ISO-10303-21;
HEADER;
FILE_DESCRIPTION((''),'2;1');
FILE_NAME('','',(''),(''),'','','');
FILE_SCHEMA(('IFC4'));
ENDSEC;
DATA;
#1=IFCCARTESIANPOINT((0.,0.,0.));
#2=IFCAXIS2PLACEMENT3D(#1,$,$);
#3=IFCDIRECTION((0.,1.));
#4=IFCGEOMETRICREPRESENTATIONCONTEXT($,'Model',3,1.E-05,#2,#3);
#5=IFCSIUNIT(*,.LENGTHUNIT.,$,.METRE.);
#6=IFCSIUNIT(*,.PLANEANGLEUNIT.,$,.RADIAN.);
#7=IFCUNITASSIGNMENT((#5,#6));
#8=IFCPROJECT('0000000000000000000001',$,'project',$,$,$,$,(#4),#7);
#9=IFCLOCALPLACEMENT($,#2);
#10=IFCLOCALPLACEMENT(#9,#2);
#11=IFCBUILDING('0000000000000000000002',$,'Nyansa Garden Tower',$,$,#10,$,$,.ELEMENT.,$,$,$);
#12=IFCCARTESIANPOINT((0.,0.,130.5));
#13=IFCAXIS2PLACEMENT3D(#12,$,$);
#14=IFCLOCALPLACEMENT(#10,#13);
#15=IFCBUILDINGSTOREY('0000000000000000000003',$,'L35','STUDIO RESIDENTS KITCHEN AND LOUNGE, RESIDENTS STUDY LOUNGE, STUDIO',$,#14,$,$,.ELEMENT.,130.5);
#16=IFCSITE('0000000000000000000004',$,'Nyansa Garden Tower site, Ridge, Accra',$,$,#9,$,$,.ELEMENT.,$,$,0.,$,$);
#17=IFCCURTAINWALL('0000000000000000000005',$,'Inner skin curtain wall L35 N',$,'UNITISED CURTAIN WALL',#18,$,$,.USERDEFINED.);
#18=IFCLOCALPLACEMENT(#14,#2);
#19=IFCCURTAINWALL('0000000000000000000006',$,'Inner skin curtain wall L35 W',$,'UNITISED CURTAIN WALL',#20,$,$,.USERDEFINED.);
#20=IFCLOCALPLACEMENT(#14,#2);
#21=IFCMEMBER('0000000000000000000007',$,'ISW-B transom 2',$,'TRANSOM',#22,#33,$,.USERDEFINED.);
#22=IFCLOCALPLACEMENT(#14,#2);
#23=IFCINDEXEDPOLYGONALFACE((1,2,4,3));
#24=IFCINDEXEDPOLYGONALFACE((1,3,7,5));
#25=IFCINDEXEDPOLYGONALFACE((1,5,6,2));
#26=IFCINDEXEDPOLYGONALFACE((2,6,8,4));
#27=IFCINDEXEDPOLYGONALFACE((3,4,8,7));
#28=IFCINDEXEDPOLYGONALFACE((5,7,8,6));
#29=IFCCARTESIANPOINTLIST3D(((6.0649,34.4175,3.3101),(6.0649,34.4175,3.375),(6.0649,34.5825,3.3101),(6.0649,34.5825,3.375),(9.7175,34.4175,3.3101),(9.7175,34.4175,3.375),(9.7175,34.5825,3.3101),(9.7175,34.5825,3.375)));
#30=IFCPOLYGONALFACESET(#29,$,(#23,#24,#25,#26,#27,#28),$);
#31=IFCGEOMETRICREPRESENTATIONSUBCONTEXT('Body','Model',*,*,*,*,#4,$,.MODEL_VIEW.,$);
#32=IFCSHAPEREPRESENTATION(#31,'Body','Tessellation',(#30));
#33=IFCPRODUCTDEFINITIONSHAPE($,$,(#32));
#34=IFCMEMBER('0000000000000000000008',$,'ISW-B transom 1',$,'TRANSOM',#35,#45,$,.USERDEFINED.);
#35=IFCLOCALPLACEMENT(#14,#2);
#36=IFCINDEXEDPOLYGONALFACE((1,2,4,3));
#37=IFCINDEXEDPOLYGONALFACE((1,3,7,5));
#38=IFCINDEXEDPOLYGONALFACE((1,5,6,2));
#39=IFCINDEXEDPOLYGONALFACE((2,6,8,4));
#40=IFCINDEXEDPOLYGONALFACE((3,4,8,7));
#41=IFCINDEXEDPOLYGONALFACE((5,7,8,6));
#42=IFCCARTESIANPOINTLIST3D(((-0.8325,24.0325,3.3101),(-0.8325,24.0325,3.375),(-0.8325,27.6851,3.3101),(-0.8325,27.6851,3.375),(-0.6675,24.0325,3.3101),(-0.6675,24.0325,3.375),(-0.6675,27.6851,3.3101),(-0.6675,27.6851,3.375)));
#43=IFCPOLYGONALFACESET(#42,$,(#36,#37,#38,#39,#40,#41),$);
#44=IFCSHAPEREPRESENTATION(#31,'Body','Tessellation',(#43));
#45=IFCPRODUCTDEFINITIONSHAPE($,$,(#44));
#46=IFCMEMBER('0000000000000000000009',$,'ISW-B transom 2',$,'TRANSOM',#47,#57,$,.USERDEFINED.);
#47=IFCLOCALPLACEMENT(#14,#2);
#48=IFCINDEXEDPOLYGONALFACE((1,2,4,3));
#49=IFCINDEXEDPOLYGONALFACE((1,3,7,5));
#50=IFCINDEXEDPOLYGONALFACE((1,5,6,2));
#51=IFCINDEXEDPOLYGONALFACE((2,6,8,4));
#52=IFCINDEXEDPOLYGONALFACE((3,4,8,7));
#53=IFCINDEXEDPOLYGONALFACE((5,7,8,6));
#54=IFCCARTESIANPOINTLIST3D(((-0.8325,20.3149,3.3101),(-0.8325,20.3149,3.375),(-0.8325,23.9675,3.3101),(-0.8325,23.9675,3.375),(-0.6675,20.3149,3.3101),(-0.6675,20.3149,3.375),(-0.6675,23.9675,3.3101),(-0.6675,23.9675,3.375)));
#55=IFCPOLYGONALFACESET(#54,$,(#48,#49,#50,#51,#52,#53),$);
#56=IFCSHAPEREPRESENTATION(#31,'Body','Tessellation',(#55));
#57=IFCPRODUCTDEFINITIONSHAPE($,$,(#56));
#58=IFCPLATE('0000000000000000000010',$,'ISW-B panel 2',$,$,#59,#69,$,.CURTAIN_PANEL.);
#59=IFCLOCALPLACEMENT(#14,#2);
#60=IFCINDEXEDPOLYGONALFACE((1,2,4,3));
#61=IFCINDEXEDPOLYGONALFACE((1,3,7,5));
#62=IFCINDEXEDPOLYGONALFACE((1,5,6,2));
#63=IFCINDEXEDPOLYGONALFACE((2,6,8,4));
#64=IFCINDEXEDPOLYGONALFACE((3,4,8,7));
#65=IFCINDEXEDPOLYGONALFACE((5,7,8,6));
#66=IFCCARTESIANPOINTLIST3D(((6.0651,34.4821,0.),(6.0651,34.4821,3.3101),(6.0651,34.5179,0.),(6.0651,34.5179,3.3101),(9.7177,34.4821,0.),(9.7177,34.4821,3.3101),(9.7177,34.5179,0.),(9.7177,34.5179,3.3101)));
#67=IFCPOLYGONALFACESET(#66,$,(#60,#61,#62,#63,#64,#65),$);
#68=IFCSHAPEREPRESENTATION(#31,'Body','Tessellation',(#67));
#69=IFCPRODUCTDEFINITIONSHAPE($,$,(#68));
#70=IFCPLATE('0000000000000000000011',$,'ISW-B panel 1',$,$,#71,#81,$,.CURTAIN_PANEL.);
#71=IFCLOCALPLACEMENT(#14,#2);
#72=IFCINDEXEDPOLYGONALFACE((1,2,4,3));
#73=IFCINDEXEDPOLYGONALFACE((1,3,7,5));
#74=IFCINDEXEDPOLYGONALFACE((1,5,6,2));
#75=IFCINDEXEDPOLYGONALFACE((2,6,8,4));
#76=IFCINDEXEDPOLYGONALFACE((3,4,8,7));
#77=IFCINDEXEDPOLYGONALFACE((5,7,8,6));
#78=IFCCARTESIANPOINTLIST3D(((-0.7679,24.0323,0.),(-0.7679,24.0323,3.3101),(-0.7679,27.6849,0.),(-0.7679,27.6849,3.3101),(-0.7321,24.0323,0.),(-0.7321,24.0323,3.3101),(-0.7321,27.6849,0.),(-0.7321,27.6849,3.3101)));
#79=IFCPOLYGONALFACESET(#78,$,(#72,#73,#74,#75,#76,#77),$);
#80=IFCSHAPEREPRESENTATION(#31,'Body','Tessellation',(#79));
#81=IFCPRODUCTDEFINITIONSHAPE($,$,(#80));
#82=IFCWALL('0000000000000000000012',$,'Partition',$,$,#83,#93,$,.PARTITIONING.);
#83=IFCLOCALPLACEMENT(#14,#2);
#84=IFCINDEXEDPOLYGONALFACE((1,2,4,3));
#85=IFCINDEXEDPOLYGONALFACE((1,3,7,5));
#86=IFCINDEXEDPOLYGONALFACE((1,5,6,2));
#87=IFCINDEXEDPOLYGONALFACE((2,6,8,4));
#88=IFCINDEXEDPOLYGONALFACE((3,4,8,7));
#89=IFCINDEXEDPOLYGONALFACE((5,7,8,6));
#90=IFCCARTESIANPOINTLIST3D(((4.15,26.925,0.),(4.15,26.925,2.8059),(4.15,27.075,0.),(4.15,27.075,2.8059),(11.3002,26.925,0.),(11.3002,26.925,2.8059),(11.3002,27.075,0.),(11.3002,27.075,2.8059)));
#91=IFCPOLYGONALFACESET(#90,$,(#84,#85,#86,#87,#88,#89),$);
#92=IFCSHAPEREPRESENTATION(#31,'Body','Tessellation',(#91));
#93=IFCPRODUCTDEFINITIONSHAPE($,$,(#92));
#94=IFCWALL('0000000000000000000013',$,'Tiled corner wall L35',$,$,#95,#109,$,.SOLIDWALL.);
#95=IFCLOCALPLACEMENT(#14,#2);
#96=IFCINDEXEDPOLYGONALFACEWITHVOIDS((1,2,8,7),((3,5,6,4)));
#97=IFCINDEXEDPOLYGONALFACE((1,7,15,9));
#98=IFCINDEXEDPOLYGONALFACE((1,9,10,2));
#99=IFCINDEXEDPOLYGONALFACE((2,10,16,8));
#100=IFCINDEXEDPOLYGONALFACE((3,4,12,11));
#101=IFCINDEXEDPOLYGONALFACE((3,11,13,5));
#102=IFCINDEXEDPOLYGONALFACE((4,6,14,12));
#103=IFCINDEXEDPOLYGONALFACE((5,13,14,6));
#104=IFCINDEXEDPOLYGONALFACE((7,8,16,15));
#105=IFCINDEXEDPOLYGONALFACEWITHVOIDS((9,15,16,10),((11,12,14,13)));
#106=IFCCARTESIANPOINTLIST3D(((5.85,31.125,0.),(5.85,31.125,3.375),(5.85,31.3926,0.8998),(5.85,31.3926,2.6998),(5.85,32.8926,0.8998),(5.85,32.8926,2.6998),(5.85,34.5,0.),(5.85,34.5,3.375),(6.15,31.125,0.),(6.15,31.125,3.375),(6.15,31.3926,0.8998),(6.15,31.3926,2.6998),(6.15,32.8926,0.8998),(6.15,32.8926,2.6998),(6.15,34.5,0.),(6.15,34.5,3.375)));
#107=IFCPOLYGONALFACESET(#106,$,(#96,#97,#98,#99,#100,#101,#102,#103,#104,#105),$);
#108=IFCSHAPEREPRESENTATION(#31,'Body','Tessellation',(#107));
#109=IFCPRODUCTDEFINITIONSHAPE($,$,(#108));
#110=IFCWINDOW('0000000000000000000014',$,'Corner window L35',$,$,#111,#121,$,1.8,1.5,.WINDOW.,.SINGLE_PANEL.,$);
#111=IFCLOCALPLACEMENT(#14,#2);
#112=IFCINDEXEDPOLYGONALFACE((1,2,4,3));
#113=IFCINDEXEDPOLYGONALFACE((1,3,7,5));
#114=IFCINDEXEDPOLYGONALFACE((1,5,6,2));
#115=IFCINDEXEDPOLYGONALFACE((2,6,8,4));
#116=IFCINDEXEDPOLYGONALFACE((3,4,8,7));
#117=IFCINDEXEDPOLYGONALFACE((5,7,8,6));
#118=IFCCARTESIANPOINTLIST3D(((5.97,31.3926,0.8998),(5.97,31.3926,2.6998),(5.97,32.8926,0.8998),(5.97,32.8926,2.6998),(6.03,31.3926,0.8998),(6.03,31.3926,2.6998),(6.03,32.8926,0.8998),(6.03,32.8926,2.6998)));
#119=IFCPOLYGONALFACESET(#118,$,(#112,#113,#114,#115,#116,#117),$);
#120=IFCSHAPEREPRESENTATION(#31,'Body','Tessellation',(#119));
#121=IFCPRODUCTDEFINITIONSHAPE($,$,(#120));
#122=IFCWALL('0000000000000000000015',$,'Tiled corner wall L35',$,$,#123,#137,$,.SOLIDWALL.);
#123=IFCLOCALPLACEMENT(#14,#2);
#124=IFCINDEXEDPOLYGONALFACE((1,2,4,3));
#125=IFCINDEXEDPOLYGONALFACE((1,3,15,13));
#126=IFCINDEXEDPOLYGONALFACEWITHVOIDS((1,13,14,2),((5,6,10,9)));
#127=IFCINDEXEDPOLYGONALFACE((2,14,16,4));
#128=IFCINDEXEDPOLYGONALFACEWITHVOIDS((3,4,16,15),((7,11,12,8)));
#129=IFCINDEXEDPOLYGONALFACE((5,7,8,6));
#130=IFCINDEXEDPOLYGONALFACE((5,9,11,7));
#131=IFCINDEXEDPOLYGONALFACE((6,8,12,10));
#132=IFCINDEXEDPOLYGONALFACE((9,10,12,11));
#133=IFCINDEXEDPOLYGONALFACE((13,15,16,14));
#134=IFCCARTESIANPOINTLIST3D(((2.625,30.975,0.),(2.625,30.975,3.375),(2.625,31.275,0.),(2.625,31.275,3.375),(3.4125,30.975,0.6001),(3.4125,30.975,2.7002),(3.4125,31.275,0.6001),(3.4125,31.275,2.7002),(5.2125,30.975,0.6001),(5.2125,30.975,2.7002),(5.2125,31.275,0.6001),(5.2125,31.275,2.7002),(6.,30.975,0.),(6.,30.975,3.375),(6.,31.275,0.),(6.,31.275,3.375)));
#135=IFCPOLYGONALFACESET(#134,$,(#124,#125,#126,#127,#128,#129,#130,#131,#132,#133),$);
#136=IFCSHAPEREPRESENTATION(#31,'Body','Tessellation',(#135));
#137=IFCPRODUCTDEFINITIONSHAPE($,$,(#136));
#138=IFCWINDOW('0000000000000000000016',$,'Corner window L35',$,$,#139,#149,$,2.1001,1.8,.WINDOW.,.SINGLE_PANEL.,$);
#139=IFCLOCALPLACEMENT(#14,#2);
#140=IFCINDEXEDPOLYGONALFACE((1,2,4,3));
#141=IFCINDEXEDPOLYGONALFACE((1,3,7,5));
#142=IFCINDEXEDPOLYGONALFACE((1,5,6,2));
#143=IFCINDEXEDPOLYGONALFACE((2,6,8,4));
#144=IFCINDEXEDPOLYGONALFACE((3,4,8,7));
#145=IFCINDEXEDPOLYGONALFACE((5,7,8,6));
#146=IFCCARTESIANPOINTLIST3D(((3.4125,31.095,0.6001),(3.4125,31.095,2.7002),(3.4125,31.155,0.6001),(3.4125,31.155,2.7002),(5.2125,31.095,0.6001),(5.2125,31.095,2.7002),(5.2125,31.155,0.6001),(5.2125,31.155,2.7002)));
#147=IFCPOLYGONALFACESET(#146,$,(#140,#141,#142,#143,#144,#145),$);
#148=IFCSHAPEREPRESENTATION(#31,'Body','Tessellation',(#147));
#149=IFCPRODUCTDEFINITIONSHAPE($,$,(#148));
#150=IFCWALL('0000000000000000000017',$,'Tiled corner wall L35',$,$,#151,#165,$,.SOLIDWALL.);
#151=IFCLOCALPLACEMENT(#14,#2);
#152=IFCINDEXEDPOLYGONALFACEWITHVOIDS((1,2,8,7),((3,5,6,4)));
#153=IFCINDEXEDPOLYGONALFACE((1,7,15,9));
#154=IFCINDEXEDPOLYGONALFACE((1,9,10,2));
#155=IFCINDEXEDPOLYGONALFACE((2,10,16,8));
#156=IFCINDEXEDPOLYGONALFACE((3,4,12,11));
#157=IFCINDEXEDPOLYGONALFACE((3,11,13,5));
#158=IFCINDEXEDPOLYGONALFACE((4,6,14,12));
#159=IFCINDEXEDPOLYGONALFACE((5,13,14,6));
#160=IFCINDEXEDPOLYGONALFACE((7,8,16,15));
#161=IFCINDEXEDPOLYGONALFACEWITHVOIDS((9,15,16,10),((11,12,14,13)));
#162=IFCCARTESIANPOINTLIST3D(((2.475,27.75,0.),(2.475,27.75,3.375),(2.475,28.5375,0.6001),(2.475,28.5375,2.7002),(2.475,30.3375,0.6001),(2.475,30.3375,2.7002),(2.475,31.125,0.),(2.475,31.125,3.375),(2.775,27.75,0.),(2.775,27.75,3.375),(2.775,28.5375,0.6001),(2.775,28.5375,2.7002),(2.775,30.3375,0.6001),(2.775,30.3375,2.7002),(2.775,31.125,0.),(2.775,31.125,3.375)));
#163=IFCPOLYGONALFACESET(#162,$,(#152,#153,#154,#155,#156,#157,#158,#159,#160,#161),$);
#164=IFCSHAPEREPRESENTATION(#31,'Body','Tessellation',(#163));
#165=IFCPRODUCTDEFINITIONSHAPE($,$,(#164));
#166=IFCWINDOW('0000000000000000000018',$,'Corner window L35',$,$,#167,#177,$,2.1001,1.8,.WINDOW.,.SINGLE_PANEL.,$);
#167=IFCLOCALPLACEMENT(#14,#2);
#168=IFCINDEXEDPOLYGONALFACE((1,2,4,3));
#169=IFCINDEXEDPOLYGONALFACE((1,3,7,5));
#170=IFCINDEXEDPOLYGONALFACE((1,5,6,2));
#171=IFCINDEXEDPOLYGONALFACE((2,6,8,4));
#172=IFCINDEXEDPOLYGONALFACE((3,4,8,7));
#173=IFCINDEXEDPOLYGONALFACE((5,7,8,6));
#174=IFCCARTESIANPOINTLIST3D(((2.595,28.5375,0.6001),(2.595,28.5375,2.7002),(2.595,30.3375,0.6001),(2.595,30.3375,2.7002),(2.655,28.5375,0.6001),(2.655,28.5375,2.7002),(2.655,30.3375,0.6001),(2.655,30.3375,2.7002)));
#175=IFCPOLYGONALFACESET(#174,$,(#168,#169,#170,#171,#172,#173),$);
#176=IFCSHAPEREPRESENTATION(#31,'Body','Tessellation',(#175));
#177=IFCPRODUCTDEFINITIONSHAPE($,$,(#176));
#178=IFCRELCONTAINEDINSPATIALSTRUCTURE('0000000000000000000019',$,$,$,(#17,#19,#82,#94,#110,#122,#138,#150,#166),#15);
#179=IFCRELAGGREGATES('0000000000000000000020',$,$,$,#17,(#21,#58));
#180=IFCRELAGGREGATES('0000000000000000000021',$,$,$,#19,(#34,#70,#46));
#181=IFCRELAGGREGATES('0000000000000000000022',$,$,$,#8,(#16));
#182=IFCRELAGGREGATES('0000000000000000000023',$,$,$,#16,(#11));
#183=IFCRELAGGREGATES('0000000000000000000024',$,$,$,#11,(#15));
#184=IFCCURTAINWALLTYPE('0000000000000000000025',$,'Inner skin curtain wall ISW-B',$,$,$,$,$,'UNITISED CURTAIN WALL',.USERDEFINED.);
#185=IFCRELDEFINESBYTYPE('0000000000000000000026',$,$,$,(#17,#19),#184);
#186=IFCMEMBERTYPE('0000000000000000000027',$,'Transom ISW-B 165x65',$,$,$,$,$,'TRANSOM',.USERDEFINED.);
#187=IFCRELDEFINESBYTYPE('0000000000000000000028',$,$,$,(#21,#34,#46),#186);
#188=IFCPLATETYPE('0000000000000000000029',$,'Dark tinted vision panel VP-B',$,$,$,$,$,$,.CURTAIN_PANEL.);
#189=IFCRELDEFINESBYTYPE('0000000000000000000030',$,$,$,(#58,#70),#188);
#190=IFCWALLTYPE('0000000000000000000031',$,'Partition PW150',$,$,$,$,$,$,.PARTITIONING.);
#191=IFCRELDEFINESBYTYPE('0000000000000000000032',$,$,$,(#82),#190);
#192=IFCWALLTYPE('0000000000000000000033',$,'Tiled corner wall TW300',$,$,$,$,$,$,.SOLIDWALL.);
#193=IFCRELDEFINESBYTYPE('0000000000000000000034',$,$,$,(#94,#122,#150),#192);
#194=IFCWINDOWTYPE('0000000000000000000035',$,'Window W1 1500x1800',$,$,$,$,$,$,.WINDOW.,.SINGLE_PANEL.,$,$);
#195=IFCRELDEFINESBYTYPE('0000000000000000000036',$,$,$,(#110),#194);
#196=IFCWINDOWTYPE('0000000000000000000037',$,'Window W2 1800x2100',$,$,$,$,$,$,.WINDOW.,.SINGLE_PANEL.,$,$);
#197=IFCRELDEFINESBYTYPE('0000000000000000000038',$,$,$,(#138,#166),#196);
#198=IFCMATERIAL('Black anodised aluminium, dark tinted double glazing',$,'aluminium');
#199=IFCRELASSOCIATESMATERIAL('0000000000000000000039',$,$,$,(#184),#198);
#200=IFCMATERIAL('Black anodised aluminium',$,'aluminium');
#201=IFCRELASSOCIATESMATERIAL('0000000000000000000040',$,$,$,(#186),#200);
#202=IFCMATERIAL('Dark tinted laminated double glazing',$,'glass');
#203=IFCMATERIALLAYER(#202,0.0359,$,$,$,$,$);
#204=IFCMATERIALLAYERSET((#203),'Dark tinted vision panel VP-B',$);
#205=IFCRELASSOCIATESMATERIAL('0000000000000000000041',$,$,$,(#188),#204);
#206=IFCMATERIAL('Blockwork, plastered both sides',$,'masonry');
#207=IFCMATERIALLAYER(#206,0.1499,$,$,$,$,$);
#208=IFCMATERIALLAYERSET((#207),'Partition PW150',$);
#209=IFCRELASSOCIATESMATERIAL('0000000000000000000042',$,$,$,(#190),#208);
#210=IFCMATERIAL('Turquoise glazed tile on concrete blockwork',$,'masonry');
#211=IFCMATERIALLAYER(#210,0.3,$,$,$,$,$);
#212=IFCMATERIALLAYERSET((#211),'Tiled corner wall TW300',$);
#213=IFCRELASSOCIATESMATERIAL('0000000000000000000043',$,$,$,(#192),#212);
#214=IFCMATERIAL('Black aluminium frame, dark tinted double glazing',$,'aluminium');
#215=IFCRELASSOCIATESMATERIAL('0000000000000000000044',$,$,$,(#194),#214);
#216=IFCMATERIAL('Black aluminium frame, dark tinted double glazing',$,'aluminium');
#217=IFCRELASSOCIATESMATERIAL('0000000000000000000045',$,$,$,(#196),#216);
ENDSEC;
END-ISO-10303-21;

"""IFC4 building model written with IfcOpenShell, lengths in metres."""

from ifc_helpers import new_model, si_unit, direction, frame, frame_2d, origin, origin_2d, place, context, subcontext, project, spatial, rectangle, extrude, material, layer, layer_set, material_profile, profile_set, type_object, element, fill, aggregate, save


model = new_model("IFC4")

# Units and contexts
model_context = context("Model", 3, precision=1e-05, world=origin(), true_north=direction((0.0, 1.0)))
body_context = subcontext(model_context, "Body", "Model", "MODEL_VIEW")
ifc_project = project(units=[si_unit("LENGTHUNIT", "METRE"), si_unit("PLANEANGLEUNIT", "RADIAN")], contexts=[model_context])

# Site, building, storey
site_placement = place(None, origin())
site = spatial("IfcSite", under=ifc_project, at=site_placement, Name="Nyansa Garden Tower site, Ridge, Accra", CompositionType="ELEMENT", RefElevation=0.0)
building_placement = place(site_placement, origin())
building = spatial("IfcBuilding", under=site, at=building_placement, Name="Nyansa Garden Tower", CompositionType="ELEMENT")
storey_placement = place(building_placement, frame((0.0, 0.0, 130.5)))
storey = spatial("IfcBuildingStorey", under=building, at=storey_placement, Name="L35", Description="STUDIO RESIDENTS KITCHEN AND LOUNGE, RESIDENTS STUDY LOUNGE, STUDIO", CompositionType="ELEMENT", Elevation=130.5)

# Curtain wall
ifc_material_1 = material(Name="Black anodised aluminium, dark tinted double glazing", Category="aluminium")
curtain_wall_type = type_object("IfcCurtainWallType", Name="Inner skin curtain wall ISW-B", ElementType="UNITISED CURTAIN WALL", PredefinedType="USERDEFINED", material=ifc_material_1)
curtain_wall_1_placement = place(storey_placement, origin())
curtain_wall_1 = element("IfcCurtainWall", 1, at=curtain_wall_1_placement, inside=storey, type_object=curtain_wall_type, Name="Inner skin curtain wall L35 N", ObjectType="UNITISED CURTAIN WALL", PredefinedType="USERDEFINED")

# Curtain wall
curtain_wall_2_placement = place(storey_placement, origin())
curtain_wall_2 = element("IfcCurtainWall", 2, at=curtain_wall_2_placement, inside=storey, type_object=curtain_wall_type, Name="Inner skin curtain wall L35 W", ObjectType="UNITISED CURTAIN WALL", PredefinedType="USERDEFINED")

# Members
ifc_material_2 = material(Name="Black anodised aluminium", Category="aluminium")
ifc_material_profile_1 = material_profile(ifc_material_2, rectangle(XDim=0.165, YDim=0.0649, at=origin_2d()), Name="Transom 165x65")
ifc_profile_set_1 = profile_set([ifc_material_profile_1], Name="Black anodised aluminium")
member_type_1 = type_object("IfcMemberType", Name="Transom ISW-B 165x65", ElementType="TRANSOM", PredefinedType="USERDEFINED", material=ifc_profile_set_1)
member_1_placement = place(storey_placement, frame((9.7175, 34.5, 3.3425), z_axis=(-1.0, 0.0, 0.0), x_axis=(0.0, -1.0, 0.0)))
member_1 = element("IfcMember", 3, at=member_1_placement, type_object=member_type_1, Name="ISW-B transom 2", ObjectType="TRANSOM", PredefinedType="USERDEFINED", context=body_context, shape_type="SweptSolid", body=[
    extrude(rectangle(XDim=0.165, YDim=0.0649, at=origin_2d()), origin(), (0.0, 0.0, 1.0), 3.6526),
])
member_2_placement = place(storey_placement, frame((-0.75, 27.6851, 3.3425), z_axis=(0.0, -1.0, 0.0), x_axis=(1.0, 0.0, 0.0)))
member_2 = element("IfcMember", 4, at=member_2_placement, type_object=member_type_1, Name="ISW-B transom 1", ObjectType="TRANSOM", PredefinedType="USERDEFINED", context=body_context, shape_type="SweptSolid", body=[
    extrude(rectangle(XDim=0.165, YDim=0.0649, at=origin_2d()), origin(), (0.0, 0.0, 1.0), 3.6526),
])
member_3_placement = place(storey_placement, frame((-0.75, 23.9675, 3.3425), z_axis=(0.0, -1.0, 0.0), x_axis=(1.0, 0.0, 0.0)))
member_3 = element("IfcMember", 5, at=member_3_placement, type_object=member_type_1, Name="ISW-B transom 2", ObjectType="TRANSOM", PredefinedType="USERDEFINED", context=body_context, shape_type="SweptSolid", body=[
    extrude(rectangle(XDim=0.165, YDim=0.0649, at=origin_2d()), origin(), (0.0, 0.0, 1.0), 3.6526),
])

# Plates
ifc_material_3 = material(Name="Dark tinted laminated double glazing", Category="glass")
ifc_layer_1 = layer(ifc_material_3, 0.0359)
ifc_layer_set_1 = layer_set([ifc_layer_1], Name="Dark tinted vision panel VP-B")
plate_type = type_object("IfcPlateType", Name="Dark tinted vision panel VP-B", PredefinedType="CURTAIN_PANEL", material=ifc_layer_set_1)
plate_1_placement = place(storey_placement, frame((7.8914, 34.5, 0.0), z_axis=(0.0, 0.0, 1.0), x_axis=(-1.0, 0.0, 0.0)))
plate_1 = element("IfcPlate", 6, at=plate_1_placement, type_object=plate_type, Name="ISW-B panel 2", PredefinedType="CURTAIN_PANEL", context=body_context, shape_type="SweptSolid", body=[
    extrude(rectangle(XDim=3.6526, YDim=0.0359, at=origin_2d()), origin(), (0.0, 0.0, 1.0), 3.3101),
])
aggregate(curtain_wall_1, [member_1, plate_1])
plate_2_placement = place(storey_placement, frame((-0.75, 25.8586, 0.0), z_axis=(0.0, 0.0, 1.0), x_axis=(0.0, -1.0, 0.0)))
plate_2 = element("IfcPlate", 7, at=plate_2_placement, type_object=plate_type, Name="ISW-B panel 1", PredefinedType="CURTAIN_PANEL", context=body_context, shape_type="SweptSolid", body=[
    extrude(rectangle(XDim=3.6526, YDim=0.0359, at=origin_2d()), origin(), (0.0, 0.0, 1.0), 3.3101),
])
aggregate(curtain_wall_2, [member_2, plate_2, member_3])

# Wall
ifc_material_4 = material(Name="Blockwork, plastered both sides", Category="masonry")
ifc_layer_2 = layer(ifc_material_4, 0.1499)
ifc_layer_set_2 = layer_set([ifc_layer_2], Name="Partition PW150")
wall_type_1 = type_object("IfcWallType", Name="Partition PW150", PredefinedType="PARTITIONING", material=ifc_layer_set_2)
wall_1_placement = place(storey_placement, frame((4.1499, 27.0, 0.0), z_axis=(0.0, 0.0, 1.0), x_axis=(1.0, 0.0, 0.0)))
element("IfcWall", 8, at=wall_1_placement, inside=storey, type_object=wall_type_1, Name="Partition", PredefinedType="PARTITIONING", context=body_context, shape_type="SweptSolid", body=[
    extrude(rectangle(XDim=7.1501, YDim=0.1499, at=frame_2d((3.5752, 0.0))), origin(), (0.0, 0.0, 1.0), 2.8059),
])

# Walls, openings, windows
ifc_material_5 = material(Name="Turquoise glazed tile on concrete blockwork", Category="masonry")
ifc_layer_3 = layer(ifc_material_5, 0.3)
ifc_layer_set_3 = layer_set([ifc_layer_3], Name="Tiled corner wall TW300")
wall_type_2 = type_object("IfcWallType", Name="Tiled corner wall TW300", PredefinedType="SOLIDWALL", material=ifc_layer_set_3)
wall_2_placement = place(storey_placement, frame((6.0, 34.5, 0.0), z_axis=(0.0, 0.0, 1.0), x_axis=(0.0, -1.0, 0.0)))
wall_2 = element("IfcWall", 9, at=wall_2_placement, inside=storey, type_object=wall_type_2, Name="Tiled corner wall L35", PredefinedType="SOLIDWALL", context=body_context, shape_type="SweptSolid", body=[
    extrude(rectangle(XDim=3.375, YDim=0.3, at=frame_2d((1.6875, 0.0))), origin(), (0.0, 0.0, 1.0), 3.375),
])
opening_1_placement = place(wall_2_placement, frame((1.6074, 0.0, 0.8999)))
opening_1 = element("IfcOpeningElement", 10, at=opening_1_placement, cuts=wall_2, PredefinedType="OPENING", context=body_context, shape_type="SweptSolid", body=[
    extrude(rectangle(XDim=1.5, YDim=1.8, at=frame_2d((0.75, 0.8999))), frame((0.0, 0.1599, 0.0), z_axis=(0.0, -1.0, 0.0), x_axis=(1.0, 0.0, 0.0)), (0.0, 0.0, 1.0), 0.3201),
])
ifc_material_6 = material(Name="Black aluminium frame, dark tinted double glazing", Category="aluminium")
window_type_1 = type_object("IfcWindowType", Name="Window W1 1500x1800", PartitioningType="SINGLE_PANEL", PredefinedType="WINDOW", material=ifc_material_6)
window_1_placement = place(opening_1_placement, origin())
window_1 = element("IfcWindow", 11, at=window_1_placement, inside=storey, type_object=window_type_1, Name="Corner window L35", OverallHeight=1.8, OverallWidth=1.5, PartitioningType="SINGLE_PANEL", PredefinedType="WINDOW", context=body_context, shape_type="SweptSolid", body=[
    extrude(rectangle(XDim=1.5, YDim=1.8, at=frame_2d((0.75, 0.8999))), frame((0.0, 0.03, 0.0), z_axis=(0.0, -1.0, 0.0), x_axis=(1.0, 0.0, 0.0)), (0.0, 0.0, 1.0), 0.0601),
])
fill(opening_1, window_1)
wall_3_placement = place(storey_placement, frame((6.0, 31.125, 0.0), z_axis=(0.0, 0.0, 1.0), x_axis=(-1.0, 0.0, 0.0)))
wall_3 = element("IfcWall", 12, at=wall_3_placement, inside=storey, type_object=wall_type_2, Name="Tiled corner wall L35", PredefinedType="SOLIDWALL", context=body_context, shape_type="SweptSolid", body=[
    extrude(rectangle(XDim=3.375, YDim=0.3, at=frame_2d((1.6875, 0.0))), origin(), (0.0, 0.0, 1.0), 3.375),
])
opening_2_placement = place(wall_3_placement, frame((0.7876, 0.0, 0.6001)))
opening_2 = element("IfcOpeningElement", 13, at=opening_2_placement, cuts=wall_3, PredefinedType="OPENING", context=body_context, shape_type="SweptSolid", body=[
    extrude(rectangle(XDim=1.8, YDim=2.1001, at=frame_2d((0.8999, 1.05))), frame((0.0, 0.1599, 0.0), z_axis=(0.0, -1.0, 0.0), x_axis=(1.0, 0.0, 0.0)), (0.0, 0.0, 1.0), 0.3201),
])
ifc_material_7 = material(Name="Black aluminium frame, dark tinted double glazing", Category="aluminium")
window_type_2 = type_object("IfcWindowType", Name="Window W2 1800x2100", PartitioningType="SINGLE_PANEL", PredefinedType="WINDOW", material=ifc_material_7)
window_2_placement = place(opening_2_placement, origin())
window_2 = element("IfcWindow", 14, at=window_2_placement, inside=storey, type_object=window_type_2, Name="Corner window L35", OverallHeight=2.1001, OverallWidth=1.8, PartitioningType="SINGLE_PANEL", PredefinedType="WINDOW", context=body_context, shape_type="SweptSolid", body=[
    extrude(rectangle(XDim=1.8, YDim=2.1001, at=frame_2d((0.8999, 1.05))), frame((0.0, 0.03, 0.0), z_axis=(0.0, -1.0, 0.0), x_axis=(1.0, 0.0, 0.0)), (0.0, 0.0, 1.0), 0.0601),
])
fill(opening_2, window_2)
wall_4_placement = place(storey_placement, frame((2.625, 31.125, 0.0), z_axis=(0.0, 0.0, 1.0), x_axis=(0.0, -1.0, 0.0)))
wall_4 = element("IfcWall", 15, at=wall_4_placement, inside=storey, type_object=wall_type_2, Name="Tiled corner wall L35", PredefinedType="SOLIDWALL", context=body_context, shape_type="SweptSolid", body=[
    extrude(rectangle(XDim=3.375, YDim=0.3, at=frame_2d((1.6875, 0.0))), origin(), (0.0, 0.0, 1.0), 3.375),
])
opening_3_placement = place(wall_4_placement, frame((0.7876, 0.0, 0.6001)))
opening_3 = element("IfcOpeningElement", 16, at=opening_3_placement, cuts=wall_4, PredefinedType="OPENING", context=body_context, shape_type="SweptSolid", body=[
    extrude(rectangle(XDim=1.8, YDim=2.1001, at=frame_2d((0.8999, 1.05))), frame((0.0, 0.1599, 0.0), z_axis=(0.0, -1.0, 0.0), x_axis=(1.0, 0.0, 0.0)), (0.0, 0.0, 1.0), 0.3201),
])
window_3_placement = place(opening_3_placement, origin())
window_3 = element("IfcWindow", 17, at=window_3_placement, inside=storey, type_object=window_type_2, Name="Corner window L35", OverallHeight=2.1001, OverallWidth=1.8, PartitioningType="SINGLE_PANEL", PredefinedType="WINDOW", context=body_context, shape_type="SweptSolid", body=[
    extrude(rectangle(XDim=1.8, YDim=2.1001, at=frame_2d((0.8999, 1.05))), frame((0.0, 0.03, 0.0), z_axis=(0.0, -1.0, 0.0), x_axis=(1.0, 0.0, 0.0)), (0.0, 0.0, 1.0), 0.0601),
])
fill(opening_3, window_3)

save(model, "model.ifc")
